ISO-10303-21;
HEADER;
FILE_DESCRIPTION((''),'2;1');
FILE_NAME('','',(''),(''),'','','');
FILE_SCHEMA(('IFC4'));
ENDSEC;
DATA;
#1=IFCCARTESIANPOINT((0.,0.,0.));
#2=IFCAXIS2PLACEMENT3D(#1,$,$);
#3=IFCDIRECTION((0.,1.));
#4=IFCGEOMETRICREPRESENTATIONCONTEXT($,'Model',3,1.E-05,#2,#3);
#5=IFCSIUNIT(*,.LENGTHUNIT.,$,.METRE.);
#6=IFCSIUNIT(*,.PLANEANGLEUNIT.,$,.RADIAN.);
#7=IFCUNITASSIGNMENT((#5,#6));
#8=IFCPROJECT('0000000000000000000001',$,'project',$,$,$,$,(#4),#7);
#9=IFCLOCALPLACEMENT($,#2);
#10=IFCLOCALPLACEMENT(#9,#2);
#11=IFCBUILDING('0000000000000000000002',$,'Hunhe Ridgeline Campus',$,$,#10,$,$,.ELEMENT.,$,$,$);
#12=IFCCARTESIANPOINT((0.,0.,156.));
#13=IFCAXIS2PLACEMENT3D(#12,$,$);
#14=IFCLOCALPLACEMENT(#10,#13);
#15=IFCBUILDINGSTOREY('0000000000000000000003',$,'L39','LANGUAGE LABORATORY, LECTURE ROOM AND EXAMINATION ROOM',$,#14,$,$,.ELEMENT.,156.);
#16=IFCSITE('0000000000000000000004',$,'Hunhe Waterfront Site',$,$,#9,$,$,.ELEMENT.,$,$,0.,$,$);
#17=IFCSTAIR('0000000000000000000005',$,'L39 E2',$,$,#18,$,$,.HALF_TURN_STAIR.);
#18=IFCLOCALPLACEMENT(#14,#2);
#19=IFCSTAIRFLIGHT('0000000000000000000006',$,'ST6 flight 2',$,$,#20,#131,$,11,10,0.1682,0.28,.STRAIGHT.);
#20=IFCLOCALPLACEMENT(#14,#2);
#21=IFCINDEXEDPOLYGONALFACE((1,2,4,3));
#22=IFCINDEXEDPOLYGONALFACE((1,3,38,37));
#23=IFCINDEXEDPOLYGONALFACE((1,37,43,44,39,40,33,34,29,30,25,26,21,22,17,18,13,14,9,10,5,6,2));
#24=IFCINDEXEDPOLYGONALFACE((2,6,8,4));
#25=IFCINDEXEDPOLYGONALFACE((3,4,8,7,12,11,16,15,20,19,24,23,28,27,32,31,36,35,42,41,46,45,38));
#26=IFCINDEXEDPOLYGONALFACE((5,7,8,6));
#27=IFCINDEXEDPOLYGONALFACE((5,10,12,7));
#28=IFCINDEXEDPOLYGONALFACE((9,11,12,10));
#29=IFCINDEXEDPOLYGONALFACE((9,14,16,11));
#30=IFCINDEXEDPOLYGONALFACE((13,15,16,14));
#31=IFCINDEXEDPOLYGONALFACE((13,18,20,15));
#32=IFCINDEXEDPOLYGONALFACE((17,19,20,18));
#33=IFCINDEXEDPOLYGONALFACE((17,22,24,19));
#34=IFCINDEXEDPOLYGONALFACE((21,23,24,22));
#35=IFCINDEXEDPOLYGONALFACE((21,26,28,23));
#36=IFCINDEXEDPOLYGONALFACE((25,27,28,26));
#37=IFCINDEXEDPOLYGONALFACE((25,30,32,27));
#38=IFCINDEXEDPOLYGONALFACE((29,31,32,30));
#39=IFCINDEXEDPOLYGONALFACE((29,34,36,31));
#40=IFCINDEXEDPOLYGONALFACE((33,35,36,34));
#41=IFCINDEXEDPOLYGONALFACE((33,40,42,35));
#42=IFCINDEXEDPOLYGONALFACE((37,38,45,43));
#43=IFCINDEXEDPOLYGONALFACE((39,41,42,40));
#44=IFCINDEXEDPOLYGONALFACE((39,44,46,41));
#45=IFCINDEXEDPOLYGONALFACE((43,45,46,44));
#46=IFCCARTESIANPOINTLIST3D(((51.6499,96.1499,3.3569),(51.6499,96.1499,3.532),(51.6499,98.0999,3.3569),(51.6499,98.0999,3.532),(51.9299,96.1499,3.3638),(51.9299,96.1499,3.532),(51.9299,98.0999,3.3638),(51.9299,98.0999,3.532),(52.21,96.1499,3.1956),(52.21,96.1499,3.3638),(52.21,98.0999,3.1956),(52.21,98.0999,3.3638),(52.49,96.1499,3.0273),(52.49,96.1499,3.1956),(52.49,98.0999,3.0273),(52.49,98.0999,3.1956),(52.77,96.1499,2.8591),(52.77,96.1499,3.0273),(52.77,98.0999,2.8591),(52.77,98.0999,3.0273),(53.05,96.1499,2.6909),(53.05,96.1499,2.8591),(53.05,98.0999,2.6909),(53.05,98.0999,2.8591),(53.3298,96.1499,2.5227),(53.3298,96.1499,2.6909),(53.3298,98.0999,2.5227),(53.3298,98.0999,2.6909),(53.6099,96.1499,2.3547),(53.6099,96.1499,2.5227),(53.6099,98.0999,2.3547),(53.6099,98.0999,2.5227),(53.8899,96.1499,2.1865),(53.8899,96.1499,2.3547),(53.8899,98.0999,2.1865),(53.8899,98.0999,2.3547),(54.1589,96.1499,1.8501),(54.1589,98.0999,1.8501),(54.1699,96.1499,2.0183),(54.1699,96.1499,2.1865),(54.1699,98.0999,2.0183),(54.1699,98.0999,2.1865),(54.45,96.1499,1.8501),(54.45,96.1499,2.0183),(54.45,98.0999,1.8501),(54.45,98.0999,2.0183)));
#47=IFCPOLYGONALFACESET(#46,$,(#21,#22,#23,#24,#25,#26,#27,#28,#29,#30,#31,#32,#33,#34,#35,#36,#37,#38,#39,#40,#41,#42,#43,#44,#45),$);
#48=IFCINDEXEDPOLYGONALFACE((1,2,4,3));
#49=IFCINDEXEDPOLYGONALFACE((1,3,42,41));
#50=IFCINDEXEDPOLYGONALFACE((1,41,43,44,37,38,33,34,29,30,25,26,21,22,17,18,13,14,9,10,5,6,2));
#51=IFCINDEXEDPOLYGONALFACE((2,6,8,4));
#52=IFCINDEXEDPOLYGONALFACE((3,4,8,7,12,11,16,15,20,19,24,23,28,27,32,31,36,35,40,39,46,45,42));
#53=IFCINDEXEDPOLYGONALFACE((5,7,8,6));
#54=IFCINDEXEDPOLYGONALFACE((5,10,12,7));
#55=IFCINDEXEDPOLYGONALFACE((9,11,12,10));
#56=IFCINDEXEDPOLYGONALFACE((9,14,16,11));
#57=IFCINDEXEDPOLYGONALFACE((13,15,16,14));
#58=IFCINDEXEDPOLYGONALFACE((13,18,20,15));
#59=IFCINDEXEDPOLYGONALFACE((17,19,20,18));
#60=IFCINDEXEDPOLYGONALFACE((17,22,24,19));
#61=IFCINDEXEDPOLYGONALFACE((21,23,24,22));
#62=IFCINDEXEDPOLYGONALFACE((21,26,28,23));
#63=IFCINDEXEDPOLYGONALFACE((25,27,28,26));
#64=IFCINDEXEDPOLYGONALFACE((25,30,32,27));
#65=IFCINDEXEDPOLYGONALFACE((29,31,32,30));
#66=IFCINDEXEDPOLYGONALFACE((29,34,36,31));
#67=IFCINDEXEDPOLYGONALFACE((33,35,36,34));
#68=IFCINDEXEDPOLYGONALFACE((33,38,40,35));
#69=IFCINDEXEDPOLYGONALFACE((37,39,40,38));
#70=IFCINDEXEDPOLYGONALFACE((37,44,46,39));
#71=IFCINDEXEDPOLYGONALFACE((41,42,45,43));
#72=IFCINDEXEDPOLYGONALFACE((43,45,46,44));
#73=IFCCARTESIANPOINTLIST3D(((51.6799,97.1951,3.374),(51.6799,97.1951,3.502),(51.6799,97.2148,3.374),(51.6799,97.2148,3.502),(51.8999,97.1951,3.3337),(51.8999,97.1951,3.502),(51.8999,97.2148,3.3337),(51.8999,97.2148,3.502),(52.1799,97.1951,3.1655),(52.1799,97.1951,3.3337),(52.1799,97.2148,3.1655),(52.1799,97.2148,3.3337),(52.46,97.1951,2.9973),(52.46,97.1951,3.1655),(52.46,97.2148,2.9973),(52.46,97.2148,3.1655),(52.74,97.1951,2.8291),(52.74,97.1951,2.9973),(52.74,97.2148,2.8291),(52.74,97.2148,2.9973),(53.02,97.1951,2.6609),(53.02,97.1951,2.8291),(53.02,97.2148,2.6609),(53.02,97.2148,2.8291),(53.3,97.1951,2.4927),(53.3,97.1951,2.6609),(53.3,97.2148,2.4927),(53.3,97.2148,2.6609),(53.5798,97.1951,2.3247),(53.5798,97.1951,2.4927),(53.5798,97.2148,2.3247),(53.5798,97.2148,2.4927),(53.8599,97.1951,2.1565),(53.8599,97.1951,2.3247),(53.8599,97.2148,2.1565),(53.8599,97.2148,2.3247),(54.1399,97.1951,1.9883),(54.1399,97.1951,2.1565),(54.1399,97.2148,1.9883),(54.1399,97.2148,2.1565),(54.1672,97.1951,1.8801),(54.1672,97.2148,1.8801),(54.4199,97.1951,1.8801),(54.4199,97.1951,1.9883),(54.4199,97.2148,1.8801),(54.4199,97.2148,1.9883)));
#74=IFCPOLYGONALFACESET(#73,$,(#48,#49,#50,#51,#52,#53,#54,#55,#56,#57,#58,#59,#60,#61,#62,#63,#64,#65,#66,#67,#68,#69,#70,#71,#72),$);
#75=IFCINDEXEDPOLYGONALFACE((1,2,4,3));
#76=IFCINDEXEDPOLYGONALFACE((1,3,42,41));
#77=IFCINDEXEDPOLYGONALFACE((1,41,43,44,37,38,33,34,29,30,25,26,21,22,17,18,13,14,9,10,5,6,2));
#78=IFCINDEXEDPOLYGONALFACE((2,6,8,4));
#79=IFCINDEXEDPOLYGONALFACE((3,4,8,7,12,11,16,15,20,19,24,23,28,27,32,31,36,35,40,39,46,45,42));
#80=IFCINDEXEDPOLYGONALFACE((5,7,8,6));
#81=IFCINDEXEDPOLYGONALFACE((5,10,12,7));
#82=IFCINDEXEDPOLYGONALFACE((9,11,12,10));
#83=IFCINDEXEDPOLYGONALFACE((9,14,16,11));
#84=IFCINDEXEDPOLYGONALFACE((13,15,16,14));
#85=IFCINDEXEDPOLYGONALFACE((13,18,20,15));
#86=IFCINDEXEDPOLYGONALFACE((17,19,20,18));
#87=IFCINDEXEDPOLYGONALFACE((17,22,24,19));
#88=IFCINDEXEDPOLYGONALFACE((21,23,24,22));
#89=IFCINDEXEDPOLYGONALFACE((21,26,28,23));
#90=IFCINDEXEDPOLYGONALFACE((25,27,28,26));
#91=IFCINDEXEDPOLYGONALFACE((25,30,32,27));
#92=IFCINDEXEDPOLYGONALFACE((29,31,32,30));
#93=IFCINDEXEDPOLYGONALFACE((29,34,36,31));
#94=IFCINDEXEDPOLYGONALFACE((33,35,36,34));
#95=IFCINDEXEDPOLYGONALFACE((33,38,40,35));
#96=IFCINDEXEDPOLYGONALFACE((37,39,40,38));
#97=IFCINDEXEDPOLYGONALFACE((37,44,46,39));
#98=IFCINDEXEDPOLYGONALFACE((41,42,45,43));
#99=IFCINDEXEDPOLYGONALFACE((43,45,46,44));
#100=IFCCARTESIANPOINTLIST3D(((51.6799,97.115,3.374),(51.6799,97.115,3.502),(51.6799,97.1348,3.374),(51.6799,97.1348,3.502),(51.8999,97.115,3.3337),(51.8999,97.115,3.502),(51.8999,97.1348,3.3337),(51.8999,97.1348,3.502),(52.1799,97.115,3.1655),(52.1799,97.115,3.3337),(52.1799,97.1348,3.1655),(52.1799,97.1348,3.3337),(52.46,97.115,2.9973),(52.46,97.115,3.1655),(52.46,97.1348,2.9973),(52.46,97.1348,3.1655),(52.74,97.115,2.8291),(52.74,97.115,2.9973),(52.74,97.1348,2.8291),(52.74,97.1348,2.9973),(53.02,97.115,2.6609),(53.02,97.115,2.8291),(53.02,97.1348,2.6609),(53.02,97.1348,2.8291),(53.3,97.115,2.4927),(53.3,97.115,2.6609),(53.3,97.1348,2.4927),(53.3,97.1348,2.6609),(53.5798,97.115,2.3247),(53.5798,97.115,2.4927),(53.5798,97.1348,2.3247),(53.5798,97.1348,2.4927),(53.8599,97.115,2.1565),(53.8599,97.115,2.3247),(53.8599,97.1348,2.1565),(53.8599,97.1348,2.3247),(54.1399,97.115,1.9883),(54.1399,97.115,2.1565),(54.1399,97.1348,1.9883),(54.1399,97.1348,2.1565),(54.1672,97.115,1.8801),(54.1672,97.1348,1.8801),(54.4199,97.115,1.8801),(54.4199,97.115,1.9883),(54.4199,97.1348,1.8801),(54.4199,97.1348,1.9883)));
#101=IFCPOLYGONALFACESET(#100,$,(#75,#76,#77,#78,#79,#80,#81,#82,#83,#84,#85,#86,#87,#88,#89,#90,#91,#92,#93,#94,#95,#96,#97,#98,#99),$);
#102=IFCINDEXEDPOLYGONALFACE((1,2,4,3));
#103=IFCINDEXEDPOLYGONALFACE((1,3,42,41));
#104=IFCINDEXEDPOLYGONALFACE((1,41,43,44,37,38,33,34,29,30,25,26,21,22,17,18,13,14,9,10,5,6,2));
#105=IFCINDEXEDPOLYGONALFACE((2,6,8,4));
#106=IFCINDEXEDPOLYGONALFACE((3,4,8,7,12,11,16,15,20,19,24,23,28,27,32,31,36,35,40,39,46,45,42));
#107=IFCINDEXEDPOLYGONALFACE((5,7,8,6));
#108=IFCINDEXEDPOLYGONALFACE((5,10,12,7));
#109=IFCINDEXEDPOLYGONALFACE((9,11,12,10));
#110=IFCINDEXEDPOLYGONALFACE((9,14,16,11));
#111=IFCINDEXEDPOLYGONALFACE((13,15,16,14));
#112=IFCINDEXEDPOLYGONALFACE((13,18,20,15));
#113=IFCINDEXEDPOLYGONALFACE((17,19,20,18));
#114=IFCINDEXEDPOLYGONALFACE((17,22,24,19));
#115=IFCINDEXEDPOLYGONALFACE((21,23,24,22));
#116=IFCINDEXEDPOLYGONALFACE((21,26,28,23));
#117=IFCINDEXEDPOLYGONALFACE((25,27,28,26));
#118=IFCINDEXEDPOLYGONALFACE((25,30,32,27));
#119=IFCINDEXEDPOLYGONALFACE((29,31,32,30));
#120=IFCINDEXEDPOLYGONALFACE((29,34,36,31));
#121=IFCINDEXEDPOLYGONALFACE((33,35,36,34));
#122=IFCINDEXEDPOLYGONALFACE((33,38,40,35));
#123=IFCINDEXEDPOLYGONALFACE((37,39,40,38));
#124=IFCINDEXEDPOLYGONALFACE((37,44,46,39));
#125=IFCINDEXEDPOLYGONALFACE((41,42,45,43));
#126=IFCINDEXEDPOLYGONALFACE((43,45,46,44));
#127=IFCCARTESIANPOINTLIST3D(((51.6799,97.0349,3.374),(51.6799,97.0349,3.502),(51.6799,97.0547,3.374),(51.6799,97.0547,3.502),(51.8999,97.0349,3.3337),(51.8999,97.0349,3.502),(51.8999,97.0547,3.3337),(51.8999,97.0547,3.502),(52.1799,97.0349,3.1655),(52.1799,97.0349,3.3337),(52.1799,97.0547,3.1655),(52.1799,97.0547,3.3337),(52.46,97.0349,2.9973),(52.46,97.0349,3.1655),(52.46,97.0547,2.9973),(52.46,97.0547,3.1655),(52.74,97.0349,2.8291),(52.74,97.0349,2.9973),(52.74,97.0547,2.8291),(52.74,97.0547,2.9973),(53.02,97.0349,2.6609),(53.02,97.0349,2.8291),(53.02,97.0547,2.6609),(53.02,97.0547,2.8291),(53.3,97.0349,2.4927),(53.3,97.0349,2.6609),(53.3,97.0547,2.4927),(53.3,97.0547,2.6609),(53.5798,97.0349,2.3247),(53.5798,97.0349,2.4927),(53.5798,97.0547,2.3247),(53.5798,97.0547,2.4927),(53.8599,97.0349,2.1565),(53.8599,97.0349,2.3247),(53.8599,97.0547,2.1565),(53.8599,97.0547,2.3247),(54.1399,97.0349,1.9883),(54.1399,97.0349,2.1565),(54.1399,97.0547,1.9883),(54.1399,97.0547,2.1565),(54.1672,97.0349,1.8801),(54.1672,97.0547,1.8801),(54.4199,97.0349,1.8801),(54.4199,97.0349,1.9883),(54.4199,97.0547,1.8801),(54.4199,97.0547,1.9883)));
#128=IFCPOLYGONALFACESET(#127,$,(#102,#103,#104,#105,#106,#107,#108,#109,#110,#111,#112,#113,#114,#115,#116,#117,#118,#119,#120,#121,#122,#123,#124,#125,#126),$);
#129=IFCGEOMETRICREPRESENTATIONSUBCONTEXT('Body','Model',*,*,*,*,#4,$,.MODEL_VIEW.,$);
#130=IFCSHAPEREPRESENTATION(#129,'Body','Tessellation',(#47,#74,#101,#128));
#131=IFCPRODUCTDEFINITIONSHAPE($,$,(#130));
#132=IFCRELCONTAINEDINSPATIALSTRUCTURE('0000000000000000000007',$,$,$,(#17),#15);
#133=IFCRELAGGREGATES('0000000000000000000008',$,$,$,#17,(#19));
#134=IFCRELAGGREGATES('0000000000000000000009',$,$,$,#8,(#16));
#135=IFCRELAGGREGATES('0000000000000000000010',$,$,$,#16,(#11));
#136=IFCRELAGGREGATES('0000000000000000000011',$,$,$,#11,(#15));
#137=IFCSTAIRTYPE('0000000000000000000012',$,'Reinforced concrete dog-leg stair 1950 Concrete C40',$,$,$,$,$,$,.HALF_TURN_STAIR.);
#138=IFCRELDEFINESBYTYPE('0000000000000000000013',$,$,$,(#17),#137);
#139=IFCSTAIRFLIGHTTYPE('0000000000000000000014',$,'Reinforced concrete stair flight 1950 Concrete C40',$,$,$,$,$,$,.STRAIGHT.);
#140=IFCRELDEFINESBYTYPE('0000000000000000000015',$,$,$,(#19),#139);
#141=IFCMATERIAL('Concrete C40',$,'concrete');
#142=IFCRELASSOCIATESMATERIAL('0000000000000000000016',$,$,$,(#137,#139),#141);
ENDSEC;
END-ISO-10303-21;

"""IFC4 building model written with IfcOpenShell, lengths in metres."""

from ifc_helpers import new_model, si_unit, direction, frame, origin, place, context, subcontext, project, spatial, polyline, outline, extrude, material, type_object, element, aggregate, save


model = new_model("IFC4")

# Units and contexts
model_context = context("Model", 3, precision=1e-05, world=origin(), true_north=direction((0.0, 1.0)))
body_context = subcontext(model_context, "Body", "Model", "MODEL_VIEW")
ifc_project = project(units=[si_unit("LENGTHUNIT", "METRE"), si_unit("PLANEANGLEUNIT", "RADIAN")], contexts=[model_context])

# Site, building, storey
site_placement = place(None, origin())
site = spatial("IfcSite", under=ifc_project, at=site_placement, Name="Hunhe Waterfront Site", CompositionType="ELEMENT", RefElevation=0.0)
building_placement = place(site_placement, origin())
building = spatial("IfcBuilding", under=site, at=building_placement, Name="Hunhe Ridgeline Campus", CompositionType="ELEMENT")
storey_placement = place(building_placement, frame((0.0, 0.0, 156.0)))
storey = spatial("IfcBuildingStorey", under=building, at=storey_placement, Name="L39", Description="LANGUAGE LABORATORY, LECTURE ROOM AND EXAMINATION ROOM", CompositionType="ELEMENT", Elevation=156.0)

# Shared definitions
ifc_material_1 = material(Name="Concrete C40", Category="concrete")
stair_type = type_object("IfcStairType", Name="Reinforced concrete dog-leg stair 1950 Concrete C40", PredefinedType="HALF_TURN_STAIR", material=ifc_material_1)
stair_flight_type = type_object("IfcStairFlightType", Name="Reinforced concrete stair flight 1950 Concrete C40", PredefinedType="STRAIGHT", material=ifc_material_1)

# Stair, stair flight
stair_1_placement = place(storey_placement, origin())
stair_1 = element("IfcStair", 1, at=stair_1_placement, inside=storey, type_object=stair_type, Name="L39 E2", PredefinedType="HALF_TURN_STAIR")
stair_flight_1_placement = place(storey_placement, frame((54.45, 97.125, 1.8501), z_axis=(0.0, 0.0, 1.0), x_axis=(-1.0, 0.0, 0.0)))
stair_flight_1 = element("IfcStairFlight", 2, at=stair_flight_1_placement, type_object=stair_flight_type, Name="ST6 flight 2", NumberOfRisers=11, NumberOfTreads=10, PredefinedType="STRAIGHT", RiserHeight=0.1682, TreadLength=0.28, context=body_context, shape_type="SweptSolid", body=[
    extrude(outline(polyline([(0.0, 0.0), (0.0, 0.1682), (0.28, 0.1682), (0.28, 0.3364), (0.5601, 0.3364), (0.5601, 0.5046), (0.8401, 0.5046), (0.8401, 0.6726), (1.1201, 0.6726), (1.1201, 0.8408), (1.3999, 0.8408), (1.3999, 1.009), (1.6799, 1.009), (1.6799, 1.1772), (1.96, 1.1772), (1.96, 1.3455), (2.24, 1.3455), (2.24, 1.5137), (2.52, 1.5137), (2.52, 1.6819), (2.8, 1.6819), (2.8, 1.8501), (2.8, 1.5068), (0.291, 0.0), (0.0, 0.0)])), frame((0.0, 0.9751, 0.0), z_axis=(0.0, -1.0, 0.0), x_axis=(1.0, 0.0, 0.0)), (0.0, 0.0, 1.0), 1.95),
    extrude(outline(polyline([(0.03, 0.03), (0.03, 0.1382), (0.3101, 0.1382), (0.3101, 0.3064), (0.5901, 0.3064), (0.5901, 0.4746), (0.8701, 0.4746), (0.8701, 0.6426), (1.1499, 0.6426), (1.1499, 0.8108), (1.4299, 0.8108), (1.4299, 0.979), (1.71, 0.979), (1.71, 1.1472), (1.99, 1.1472), (1.99, 1.3154), (2.27, 1.3154), (2.27, 1.4836), (2.55, 1.4836), (2.55, 1.6519), (2.77, 1.6519), (2.77, 1.5239), (0.2827, 0.03), (0.03, 0.03)])), frame((0.0, -0.0701, 0.0), z_axis=(0.0, -1.0, 0.0), x_axis=(1.0, 0.0, 0.0)), (0.0, 0.0, 1.0), 0.0198),
    extrude(outline(polyline([(0.03, 0.03), (0.03, 0.1382), (0.3101, 0.1382), (0.3101, 0.3064), (0.5901, 0.3064), (0.5901, 0.4746), (0.8701, 0.4746), (0.8701, 0.6426), (1.1499, 0.6426), (1.1499, 0.8108), (1.4299, 0.8108), (1.4299, 0.979), (1.71, 0.979), (1.71, 1.1472), (1.99, 1.1472), (1.99, 1.3154), (2.27, 1.3154), (2.27, 1.4836), (2.55, 1.4836), (2.55, 1.6519), (2.77, 1.6519), (2.77, 1.5239), (0.2827, 0.03), (0.03, 0.03)])), frame((0.0, 0.01, 0.0), z_axis=(0.0, -1.0, 0.0), x_axis=(1.0, 0.0, 0.0)), (0.0, 0.0, 1.0), 0.0198),
    extrude(outline(polyline([(0.03, 0.03), (0.03, 0.1382), (0.3101, 0.1382), (0.3101, 0.3064), (0.5901, 0.3064), (0.5901, 0.4746), (0.8701, 0.4746), (0.8701, 0.6426), (1.1499, 0.6426), (1.1499, 0.8108), (1.4299, 0.8108), (1.4299, 0.979), (1.71, 0.979), (1.71, 1.1472), (1.99, 1.1472), (1.99, 1.3154), (2.27, 1.3154), (2.27, 1.4836), (2.55, 1.4836), (2.55, 1.6519), (2.77, 1.6519), (2.77, 1.5239), (0.2827, 0.03), (0.03, 0.03)])), frame((0.0, 0.0901, 0.0), z_axis=(0.0, -1.0, 0.0), x_axis=(1.0, 0.0, 0.0)), (0.0, 0.0, 1.0), 0.0198),
])
aggregate(stair_1, [stair_flight_1])

save(model, "model.ifc")
